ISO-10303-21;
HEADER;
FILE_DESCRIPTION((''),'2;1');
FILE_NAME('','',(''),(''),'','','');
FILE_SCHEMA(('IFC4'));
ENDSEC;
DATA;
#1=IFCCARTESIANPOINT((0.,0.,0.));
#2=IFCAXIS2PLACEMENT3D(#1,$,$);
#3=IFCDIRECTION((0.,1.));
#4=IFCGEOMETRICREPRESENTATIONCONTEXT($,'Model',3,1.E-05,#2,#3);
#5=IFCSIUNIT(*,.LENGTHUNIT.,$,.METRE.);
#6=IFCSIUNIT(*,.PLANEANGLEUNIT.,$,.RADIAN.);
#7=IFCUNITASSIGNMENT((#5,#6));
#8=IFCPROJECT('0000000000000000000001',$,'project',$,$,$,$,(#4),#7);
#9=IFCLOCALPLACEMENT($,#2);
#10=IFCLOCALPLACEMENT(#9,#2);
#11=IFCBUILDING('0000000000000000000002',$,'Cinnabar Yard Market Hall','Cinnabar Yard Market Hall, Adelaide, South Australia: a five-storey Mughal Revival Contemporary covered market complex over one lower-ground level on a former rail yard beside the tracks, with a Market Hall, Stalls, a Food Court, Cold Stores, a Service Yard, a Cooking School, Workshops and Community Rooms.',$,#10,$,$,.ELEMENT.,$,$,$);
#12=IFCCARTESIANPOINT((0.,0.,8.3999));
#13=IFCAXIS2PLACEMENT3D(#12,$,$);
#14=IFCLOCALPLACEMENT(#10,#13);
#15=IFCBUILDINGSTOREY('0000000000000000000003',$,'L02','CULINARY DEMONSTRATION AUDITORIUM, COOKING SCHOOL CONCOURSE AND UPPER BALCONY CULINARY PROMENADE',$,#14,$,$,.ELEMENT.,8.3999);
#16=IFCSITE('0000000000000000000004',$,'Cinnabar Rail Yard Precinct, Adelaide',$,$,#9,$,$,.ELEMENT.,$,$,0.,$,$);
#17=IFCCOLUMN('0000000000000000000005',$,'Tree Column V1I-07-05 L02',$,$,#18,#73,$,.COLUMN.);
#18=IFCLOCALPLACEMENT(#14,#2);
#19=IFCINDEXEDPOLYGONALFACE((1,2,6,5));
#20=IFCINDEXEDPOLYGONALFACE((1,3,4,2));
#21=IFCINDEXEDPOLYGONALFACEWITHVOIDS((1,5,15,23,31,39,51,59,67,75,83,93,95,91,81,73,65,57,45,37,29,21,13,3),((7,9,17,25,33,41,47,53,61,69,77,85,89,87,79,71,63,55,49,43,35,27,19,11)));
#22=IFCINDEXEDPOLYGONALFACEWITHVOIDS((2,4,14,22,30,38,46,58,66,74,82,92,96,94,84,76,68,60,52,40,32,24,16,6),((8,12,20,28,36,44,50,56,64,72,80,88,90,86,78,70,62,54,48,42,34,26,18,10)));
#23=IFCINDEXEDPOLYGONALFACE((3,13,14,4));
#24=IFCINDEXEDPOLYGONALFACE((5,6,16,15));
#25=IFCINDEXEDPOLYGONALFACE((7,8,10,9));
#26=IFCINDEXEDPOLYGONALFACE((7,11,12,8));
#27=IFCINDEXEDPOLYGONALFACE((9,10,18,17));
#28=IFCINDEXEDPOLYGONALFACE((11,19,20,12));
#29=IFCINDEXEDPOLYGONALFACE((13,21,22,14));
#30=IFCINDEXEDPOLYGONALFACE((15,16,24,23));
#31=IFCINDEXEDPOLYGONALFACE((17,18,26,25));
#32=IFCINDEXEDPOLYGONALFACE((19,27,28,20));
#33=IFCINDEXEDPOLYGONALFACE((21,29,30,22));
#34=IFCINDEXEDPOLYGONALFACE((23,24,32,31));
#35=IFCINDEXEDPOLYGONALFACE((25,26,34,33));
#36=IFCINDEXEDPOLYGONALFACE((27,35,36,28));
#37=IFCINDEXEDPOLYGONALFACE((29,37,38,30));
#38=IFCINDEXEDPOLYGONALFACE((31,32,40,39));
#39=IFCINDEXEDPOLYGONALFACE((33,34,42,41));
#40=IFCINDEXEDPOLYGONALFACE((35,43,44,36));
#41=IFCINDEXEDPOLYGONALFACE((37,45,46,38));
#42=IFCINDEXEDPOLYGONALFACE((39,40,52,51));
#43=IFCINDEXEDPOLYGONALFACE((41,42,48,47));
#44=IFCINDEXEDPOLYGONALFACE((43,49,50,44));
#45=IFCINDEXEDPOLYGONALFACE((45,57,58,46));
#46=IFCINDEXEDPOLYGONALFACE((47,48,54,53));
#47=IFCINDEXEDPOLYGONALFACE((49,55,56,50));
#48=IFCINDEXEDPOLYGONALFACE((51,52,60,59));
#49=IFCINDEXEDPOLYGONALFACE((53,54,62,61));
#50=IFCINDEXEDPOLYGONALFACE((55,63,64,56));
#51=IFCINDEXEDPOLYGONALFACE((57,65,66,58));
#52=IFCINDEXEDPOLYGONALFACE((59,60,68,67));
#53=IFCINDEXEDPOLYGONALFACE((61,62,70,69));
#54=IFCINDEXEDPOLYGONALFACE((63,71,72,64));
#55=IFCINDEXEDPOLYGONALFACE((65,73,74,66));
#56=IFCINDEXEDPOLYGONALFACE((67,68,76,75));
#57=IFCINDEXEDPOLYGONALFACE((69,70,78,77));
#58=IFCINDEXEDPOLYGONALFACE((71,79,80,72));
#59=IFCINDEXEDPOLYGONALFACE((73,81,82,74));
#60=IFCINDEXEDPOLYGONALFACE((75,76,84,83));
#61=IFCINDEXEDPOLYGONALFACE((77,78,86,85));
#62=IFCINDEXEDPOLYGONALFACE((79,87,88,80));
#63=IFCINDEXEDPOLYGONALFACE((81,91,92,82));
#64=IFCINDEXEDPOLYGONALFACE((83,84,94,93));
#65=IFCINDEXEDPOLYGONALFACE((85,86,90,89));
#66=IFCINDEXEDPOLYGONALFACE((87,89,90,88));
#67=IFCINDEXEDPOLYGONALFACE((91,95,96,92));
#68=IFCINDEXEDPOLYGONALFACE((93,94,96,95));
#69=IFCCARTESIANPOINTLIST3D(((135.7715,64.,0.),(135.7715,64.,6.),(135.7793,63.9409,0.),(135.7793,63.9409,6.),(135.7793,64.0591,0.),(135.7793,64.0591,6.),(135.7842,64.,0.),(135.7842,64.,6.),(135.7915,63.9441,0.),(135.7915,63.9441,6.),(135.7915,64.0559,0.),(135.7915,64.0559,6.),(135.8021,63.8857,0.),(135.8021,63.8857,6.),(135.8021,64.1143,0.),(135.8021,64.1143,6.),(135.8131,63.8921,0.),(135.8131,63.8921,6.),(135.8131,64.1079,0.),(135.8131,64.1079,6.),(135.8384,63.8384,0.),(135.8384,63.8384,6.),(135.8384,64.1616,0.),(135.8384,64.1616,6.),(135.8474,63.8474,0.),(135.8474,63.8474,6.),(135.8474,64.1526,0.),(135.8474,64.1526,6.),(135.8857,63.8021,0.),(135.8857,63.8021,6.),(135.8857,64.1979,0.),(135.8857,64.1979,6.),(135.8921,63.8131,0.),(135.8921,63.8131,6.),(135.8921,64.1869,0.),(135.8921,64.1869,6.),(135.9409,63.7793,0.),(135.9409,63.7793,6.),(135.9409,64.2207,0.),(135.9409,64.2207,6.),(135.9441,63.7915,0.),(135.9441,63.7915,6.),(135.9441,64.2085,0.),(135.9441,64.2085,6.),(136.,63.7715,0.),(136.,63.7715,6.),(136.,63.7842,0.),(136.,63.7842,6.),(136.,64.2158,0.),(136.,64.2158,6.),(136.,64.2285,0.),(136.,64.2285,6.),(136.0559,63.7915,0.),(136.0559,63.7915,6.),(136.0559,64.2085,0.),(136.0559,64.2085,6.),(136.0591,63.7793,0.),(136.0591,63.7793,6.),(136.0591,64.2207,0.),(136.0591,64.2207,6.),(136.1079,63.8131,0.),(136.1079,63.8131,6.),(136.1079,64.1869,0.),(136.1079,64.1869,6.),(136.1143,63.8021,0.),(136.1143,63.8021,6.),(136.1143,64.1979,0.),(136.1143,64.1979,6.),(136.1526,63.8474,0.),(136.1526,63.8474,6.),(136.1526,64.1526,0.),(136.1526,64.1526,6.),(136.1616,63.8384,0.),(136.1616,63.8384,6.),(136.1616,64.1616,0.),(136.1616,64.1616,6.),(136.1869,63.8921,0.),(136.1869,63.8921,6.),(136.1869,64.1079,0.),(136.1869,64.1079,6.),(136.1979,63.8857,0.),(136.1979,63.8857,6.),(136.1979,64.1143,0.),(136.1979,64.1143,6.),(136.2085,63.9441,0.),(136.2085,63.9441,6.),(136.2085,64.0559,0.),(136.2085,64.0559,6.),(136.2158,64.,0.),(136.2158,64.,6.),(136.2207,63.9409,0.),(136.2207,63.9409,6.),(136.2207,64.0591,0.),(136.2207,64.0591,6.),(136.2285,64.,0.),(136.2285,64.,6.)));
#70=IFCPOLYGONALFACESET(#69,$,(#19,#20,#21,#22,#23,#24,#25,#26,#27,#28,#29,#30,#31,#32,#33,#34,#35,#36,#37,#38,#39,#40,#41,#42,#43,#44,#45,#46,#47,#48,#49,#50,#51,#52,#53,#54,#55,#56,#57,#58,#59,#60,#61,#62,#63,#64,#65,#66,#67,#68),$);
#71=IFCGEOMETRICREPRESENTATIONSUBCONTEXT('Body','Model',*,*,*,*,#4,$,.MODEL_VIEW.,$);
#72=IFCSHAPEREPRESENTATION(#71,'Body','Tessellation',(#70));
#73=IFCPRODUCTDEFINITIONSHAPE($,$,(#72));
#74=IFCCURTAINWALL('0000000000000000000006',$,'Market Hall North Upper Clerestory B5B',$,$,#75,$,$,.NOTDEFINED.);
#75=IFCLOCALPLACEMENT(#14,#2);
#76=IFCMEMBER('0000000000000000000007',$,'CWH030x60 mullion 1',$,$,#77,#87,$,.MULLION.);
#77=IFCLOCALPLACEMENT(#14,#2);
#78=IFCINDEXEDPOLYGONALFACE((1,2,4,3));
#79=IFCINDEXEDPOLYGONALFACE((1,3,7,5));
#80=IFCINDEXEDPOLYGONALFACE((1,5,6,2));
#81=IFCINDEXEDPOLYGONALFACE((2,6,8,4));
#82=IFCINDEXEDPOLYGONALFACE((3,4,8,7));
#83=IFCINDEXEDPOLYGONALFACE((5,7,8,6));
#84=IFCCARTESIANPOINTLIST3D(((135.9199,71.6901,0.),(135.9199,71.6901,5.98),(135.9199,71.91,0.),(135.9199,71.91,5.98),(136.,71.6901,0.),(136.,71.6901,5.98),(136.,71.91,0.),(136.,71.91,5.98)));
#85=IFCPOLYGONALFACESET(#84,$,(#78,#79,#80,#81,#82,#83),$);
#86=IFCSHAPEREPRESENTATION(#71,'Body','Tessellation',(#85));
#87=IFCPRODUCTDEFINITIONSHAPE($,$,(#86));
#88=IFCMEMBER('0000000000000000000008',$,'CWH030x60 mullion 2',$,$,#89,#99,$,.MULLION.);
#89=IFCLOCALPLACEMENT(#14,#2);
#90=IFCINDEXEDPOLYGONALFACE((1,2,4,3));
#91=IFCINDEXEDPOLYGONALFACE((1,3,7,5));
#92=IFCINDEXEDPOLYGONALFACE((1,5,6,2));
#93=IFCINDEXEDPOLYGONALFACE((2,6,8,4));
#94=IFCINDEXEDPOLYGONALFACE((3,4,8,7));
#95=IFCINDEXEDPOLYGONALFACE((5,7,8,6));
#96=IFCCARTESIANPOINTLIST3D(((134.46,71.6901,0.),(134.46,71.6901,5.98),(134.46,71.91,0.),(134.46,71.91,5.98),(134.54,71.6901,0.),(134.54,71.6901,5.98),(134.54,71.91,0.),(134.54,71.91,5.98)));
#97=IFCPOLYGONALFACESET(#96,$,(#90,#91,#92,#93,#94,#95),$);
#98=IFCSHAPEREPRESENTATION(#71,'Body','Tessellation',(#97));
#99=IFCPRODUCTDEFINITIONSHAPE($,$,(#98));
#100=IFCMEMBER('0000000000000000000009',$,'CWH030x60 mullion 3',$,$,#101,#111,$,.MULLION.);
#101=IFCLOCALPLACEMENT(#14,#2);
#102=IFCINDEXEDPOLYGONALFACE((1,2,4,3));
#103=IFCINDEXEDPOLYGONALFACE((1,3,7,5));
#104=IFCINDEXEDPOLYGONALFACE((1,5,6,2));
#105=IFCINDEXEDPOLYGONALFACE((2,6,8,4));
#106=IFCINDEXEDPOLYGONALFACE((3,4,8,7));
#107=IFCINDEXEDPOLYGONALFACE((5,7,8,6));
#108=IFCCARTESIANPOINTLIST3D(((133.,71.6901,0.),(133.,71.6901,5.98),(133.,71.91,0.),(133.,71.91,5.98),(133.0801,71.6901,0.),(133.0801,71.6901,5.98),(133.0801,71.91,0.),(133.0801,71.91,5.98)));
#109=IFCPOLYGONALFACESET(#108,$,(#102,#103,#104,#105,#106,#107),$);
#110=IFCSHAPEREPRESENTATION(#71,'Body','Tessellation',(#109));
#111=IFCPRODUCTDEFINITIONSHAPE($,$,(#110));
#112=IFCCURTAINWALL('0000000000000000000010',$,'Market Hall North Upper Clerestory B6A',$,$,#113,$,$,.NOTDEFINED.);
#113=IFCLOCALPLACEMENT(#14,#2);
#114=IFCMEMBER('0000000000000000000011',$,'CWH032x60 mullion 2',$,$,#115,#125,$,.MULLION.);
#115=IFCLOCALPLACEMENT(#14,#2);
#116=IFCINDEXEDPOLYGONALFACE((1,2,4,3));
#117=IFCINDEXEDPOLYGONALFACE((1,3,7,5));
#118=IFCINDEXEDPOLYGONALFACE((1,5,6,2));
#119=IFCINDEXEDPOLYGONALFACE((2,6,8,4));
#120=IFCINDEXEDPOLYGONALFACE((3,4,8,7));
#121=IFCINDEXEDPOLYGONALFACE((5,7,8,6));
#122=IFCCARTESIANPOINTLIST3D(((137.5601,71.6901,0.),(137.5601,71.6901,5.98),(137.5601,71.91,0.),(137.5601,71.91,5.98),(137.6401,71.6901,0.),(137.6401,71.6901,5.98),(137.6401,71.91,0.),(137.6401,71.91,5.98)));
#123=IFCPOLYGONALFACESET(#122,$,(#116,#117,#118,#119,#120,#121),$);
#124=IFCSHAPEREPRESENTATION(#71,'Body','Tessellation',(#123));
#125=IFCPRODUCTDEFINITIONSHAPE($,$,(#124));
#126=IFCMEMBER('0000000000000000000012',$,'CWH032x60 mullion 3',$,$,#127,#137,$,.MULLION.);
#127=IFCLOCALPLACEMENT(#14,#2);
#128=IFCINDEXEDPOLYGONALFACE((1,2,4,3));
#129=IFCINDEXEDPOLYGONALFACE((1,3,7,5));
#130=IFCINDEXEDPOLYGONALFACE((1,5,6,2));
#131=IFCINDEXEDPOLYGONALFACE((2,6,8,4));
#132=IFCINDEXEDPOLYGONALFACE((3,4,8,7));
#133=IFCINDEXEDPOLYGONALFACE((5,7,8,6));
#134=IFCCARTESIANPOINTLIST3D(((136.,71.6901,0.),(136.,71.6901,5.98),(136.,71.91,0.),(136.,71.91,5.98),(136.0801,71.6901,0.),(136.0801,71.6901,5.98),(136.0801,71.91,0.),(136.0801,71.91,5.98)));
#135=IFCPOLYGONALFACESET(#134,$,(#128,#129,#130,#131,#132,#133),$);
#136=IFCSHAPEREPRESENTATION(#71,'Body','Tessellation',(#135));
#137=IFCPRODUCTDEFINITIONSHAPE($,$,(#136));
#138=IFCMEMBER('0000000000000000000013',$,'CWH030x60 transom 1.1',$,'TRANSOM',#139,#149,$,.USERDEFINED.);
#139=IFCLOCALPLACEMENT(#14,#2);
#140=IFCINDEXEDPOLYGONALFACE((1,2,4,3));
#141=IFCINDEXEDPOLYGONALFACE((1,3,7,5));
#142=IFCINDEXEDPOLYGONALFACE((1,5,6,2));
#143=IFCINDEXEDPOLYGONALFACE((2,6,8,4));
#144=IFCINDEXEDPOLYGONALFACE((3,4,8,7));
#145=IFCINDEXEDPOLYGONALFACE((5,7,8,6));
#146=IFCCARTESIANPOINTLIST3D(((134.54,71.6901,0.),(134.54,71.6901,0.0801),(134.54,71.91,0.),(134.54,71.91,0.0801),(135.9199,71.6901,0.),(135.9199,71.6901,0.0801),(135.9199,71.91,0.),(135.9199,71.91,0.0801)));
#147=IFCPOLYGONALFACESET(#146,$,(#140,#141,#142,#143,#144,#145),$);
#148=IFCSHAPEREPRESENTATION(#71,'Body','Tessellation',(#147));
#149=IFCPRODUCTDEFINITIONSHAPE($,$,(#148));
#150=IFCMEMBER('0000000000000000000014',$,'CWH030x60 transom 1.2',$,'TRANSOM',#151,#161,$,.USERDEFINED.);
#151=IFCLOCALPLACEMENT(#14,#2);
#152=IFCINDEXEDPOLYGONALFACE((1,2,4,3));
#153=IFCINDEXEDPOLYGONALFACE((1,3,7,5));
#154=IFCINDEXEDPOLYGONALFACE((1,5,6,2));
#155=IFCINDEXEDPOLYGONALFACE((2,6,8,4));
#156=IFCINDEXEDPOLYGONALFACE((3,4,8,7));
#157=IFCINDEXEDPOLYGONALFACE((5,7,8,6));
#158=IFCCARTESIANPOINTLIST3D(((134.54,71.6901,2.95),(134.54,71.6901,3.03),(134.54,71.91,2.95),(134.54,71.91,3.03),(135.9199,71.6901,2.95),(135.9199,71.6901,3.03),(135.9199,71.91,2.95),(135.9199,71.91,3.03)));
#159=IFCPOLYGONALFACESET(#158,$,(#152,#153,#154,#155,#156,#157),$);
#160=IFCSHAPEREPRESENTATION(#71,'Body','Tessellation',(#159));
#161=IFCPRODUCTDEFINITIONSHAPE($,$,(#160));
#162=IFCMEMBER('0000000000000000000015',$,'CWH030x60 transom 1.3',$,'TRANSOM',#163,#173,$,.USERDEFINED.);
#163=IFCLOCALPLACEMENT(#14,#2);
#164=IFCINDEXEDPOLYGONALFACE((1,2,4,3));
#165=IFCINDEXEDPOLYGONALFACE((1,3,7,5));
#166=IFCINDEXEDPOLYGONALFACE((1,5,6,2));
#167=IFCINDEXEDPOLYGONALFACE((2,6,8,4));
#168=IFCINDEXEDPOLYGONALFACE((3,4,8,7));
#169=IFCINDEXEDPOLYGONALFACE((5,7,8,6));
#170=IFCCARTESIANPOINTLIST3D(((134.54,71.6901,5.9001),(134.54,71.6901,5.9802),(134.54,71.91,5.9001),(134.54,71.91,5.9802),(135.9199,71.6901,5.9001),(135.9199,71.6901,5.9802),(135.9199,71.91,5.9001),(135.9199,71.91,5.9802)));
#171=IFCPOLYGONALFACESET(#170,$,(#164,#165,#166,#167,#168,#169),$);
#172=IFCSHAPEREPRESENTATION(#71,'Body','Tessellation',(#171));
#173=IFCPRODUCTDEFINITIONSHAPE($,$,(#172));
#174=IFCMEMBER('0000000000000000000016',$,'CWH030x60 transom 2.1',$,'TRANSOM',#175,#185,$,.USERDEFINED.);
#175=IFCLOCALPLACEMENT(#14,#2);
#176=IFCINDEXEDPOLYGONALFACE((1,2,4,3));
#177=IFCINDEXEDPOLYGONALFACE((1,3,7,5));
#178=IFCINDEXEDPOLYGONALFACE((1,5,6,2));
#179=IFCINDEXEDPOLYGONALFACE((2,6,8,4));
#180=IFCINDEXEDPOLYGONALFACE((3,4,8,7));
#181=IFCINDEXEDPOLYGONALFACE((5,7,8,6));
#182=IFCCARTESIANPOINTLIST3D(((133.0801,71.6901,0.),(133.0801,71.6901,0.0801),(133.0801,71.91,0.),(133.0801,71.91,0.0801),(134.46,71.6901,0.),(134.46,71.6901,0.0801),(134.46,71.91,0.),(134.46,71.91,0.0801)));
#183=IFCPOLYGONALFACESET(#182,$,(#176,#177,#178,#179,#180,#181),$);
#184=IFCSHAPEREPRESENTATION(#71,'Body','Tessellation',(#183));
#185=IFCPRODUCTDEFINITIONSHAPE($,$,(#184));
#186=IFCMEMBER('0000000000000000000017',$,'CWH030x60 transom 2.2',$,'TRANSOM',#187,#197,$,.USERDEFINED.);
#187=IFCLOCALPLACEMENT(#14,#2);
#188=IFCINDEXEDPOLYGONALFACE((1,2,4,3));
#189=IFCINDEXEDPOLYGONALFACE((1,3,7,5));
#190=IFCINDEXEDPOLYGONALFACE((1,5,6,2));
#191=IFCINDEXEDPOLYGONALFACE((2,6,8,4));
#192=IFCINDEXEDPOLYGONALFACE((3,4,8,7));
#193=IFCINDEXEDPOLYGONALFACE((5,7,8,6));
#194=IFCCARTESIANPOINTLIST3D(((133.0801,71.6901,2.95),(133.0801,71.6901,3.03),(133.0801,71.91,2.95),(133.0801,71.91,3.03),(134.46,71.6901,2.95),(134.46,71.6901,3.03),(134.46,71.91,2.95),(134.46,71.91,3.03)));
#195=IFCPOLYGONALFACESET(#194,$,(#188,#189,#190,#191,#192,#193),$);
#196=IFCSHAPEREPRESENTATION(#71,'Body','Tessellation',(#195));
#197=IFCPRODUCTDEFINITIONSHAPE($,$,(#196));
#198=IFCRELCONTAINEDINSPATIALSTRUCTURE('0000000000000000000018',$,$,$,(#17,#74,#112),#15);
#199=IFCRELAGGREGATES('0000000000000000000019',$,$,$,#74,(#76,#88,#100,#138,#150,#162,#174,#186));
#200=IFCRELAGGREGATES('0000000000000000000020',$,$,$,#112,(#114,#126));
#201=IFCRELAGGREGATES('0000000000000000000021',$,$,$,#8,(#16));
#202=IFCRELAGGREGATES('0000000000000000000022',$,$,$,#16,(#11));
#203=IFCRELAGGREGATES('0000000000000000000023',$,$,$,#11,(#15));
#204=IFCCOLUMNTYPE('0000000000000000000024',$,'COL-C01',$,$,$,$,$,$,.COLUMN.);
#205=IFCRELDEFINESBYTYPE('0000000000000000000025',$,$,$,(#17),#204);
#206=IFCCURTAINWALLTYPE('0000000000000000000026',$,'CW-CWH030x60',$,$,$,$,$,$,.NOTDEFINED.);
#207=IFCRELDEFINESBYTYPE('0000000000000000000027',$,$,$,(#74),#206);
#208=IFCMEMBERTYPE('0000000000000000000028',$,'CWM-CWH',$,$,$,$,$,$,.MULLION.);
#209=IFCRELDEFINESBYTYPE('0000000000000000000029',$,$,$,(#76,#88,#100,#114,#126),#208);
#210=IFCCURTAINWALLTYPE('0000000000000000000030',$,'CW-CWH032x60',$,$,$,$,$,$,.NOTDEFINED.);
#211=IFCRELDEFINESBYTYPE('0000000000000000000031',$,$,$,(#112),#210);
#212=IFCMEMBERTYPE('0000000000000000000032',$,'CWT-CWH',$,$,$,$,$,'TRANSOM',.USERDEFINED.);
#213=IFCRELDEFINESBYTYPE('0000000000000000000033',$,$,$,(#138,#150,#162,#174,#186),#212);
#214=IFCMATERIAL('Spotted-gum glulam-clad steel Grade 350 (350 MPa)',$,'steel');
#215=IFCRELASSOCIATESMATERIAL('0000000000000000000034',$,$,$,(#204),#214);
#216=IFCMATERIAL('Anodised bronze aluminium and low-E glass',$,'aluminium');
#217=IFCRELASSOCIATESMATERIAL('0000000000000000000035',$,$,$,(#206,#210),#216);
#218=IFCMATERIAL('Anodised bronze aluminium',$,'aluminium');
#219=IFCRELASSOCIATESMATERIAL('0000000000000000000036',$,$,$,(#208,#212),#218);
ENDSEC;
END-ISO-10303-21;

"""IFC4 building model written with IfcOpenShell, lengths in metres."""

from ifc_helpers import new_model, si_unit, direction, frame, origin, origin_2d_with_axis, place, context, subcontext, project, spatial, rectangle, hollow_circle, extrude, material, material_profile, profile_set, type_object, element, aggregate, save


model = new_model("IFC4")

# Units and contexts
model_context = context("Model", 3, precision=1e-05, world=origin(), true_north=direction((0.0, 1.0)))
body_context = subcontext(model_context, "Body", "Model", "MODEL_VIEW")
ifc_project = project(units=[si_unit("LENGTHUNIT", "METRE"), si_unit("PLANEANGLEUNIT", "RADIAN")], contexts=[model_context])

# Site, building, storey
site_placement = place(None, origin())
site = spatial("IfcSite", under=ifc_project, at=site_placement, Name="Cinnabar Rail Yard Precinct, Adelaide", CompositionType="ELEMENT", RefElevation=0.0)
building_placement = place(site_placement, origin())
building = spatial("IfcBuilding", under=site, at=building_placement, Name="Cinnabar Yard Market Hall", Description="Cinnabar Yard Market Hall, Adelaide, South Australia: a five-storey Mughal Revival Contemporary covered market complex over one lower-ground level on a former rail yard beside the tracks, with a Market Hall, Stalls, a Food Court, Cold Stores, a Service Yard, a Cooking School, Workshops and Community Rooms.", CompositionType="ELEMENT")
storey_placement = place(building_placement, frame((0.0, 0.0, 8.3999)))
storey = spatial("IfcBuildingStorey", under=building, at=storey_placement, Name="L02", Description="CULINARY DEMONSTRATION AUDITORIUM, COOKING SCHOOL CONCOURSE AND UPPER BALCONY CULINARY PROMENADE", CompositionType="ELEMENT", Elevation=8.3999)

# Column
ifc_material_1 = material(Name="Spotted-gum glulam-clad steel Grade 350 (350 MPa)", Category="steel")
ifc_material_profile_1 = material_profile(ifc_material_1, hollow_circle(Radius=0.2285, WallThickness=0.0127, at=origin_2d_with_axis()), Name="457.0x12.7CHS")
ifc_profile_set_1 = profile_set([ifc_material_profile_1], Name="Spotted-gum glulam-clad steel Grade 350 (350 MPa)")
column_type = type_object("IfcColumnType", Name="COL-C01", PredefinedType="COLUMN", material=ifc_profile_set_1)
column_placement = place(storey_placement, frame((136.0, 64.0, 0.0), z_axis=(0.0, 0.0, 1.0), x_axis=(1.0, 0.0, 0.0)))
element("IfcColumn", 1, at=column_placement, inside=storey, type_object=column_type, Name="Tree Column V1I-07-05 L02", PredefinedType="COLUMN", context=body_context, shape_type="SweptSolid", body=[
    extrude(hollow_circle(Radius=0.2285, WallThickness=0.0127, at=origin_2d_with_axis()), origin(), (0.0, 0.0, 1.0), 6.0),
])

# Curtain walls, members
ifc_material_2 = material(Name="Anodised bronze aluminium and low-E glass", Category="aluminium")
curtain_wall_type_1 = type_object("IfcCurtainWallType", Name="CW-CWH030x60", PredefinedType="NOTDEFINED", material=ifc_material_2)
curtain_wall_1_placement = place(storey_placement, origin())
curtain_wall_1 = element("IfcCurtainWall", 2, at=curtain_wall_1_placement, inside=storey, type_object=curtain_wall_type_1, Name="Market Hall North Upper Clerestory B5B", PredefinedType="NOTDEFINED")
ifc_material_3 = material(Name="Anodised bronze aluminium", Category="aluminium")
ifc_material_profile_2 = material_profile(ifc_material_3, rectangle(XDim=0.22, YDim=0.0801, at=origin_2d_with_axis()), Name="MUL-CWH")
ifc_profile_set_2 = profile_set([ifc_material_profile_2], Name="Anodised bronze aluminium")
member_type_1 = type_object("IfcMemberType", Name="CWM-CWH", PredefinedType="MULLION", material=ifc_profile_set_2)
member_1_placement = place(storey_placement, frame((135.96, 71.8, 0.0), z_axis=(0.0, 0.0, 1.0), x_axis=(0.0, -1.0, 0.0)))
member_1 = element("IfcMember", 3, at=member_1_placement, type_object=member_type_1, Name="CWH030x60 mullion 1", PredefinedType="MULLION", context=body_context, shape_type="SweptSolid", body=[
    extrude(rectangle(XDim=0.22, YDim=0.0801, at=origin_2d_with_axis()), origin(), (0.0, 0.0, 1.0), 5.98),
])
member_2_placement = place(storey_placement, frame((134.5, 71.8, 0.0), z_axis=(0.0, 0.0, 1.0), x_axis=(0.0, -1.0, 0.0)))
member_2 = element("IfcMember", 4, at=member_2_placement, type_object=member_type_1, Name="CWH030x60 mullion 2", PredefinedType="MULLION", context=body_context, shape_type="SweptSolid", body=[
    extrude(rectangle(XDim=0.22, YDim=0.0801, at=origin_2d_with_axis()), origin(), (0.0, 0.0, 1.0), 5.98),
])
member_3_placement = place(storey_placement, frame((133.04, 71.8, 0.0), z_axis=(0.0, 0.0, 1.0), x_axis=(0.0, -1.0, 0.0)))
member_3 = element("IfcMember", 5, at=member_3_placement, type_object=member_type_1, Name="CWH030x60 mullion 3", PredefinedType="MULLION", context=body_context, shape_type="SweptSolid", body=[
    extrude(rectangle(XDim=0.22, YDim=0.0801, at=origin_2d_with_axis()), origin(), (0.0, 0.0, 1.0), 5.98),
])
curtain_wall_type_2 = type_object("IfcCurtainWallType", Name="CW-CWH032x60", PredefinedType="NOTDEFINED", material=ifc_material_2)
curtain_wall_2_placement = place(storey_placement, origin())
curtain_wall_2 = element("IfcCurtainWall", 6, at=curtain_wall_2_placement, inside=storey, type_object=curtain_wall_type_2, Name="Market Hall North Upper Clerestory B6A", PredefinedType="NOTDEFINED")
member_4_placement = place(storey_placement, frame((137.6001, 71.8, 0.0), z_axis=(0.0, 0.0, 1.0), x_axis=(0.0, -1.0, 0.0)))
member_4 = element("IfcMember", 7, at=member_4_placement, type_object=member_type_1, Name="CWH032x60 mullion 2", PredefinedType="MULLION", context=body_context, shape_type="SweptSolid", body=[
    extrude(rectangle(XDim=0.22, YDim=0.0801, at=origin_2d_with_axis()), origin(), (0.0, 0.0, 1.0), 5.98),
])
member_5_placement = place(storey_placement, frame((136.04, 71.8, 0.0), z_axis=(0.0, 0.0, 1.0), x_axis=(0.0, -1.0, 0.0)))
member_5 = element("IfcMember", 8, at=member_5_placement, type_object=member_type_1, Name="CWH032x60 mullion 3", PredefinedType="MULLION", context=body_context, shape_type="SweptSolid", body=[
    extrude(rectangle(XDim=0.22, YDim=0.0801, at=origin_2d_with_axis()), origin(), (0.0, 0.0, 1.0), 5.98),
])

# Members
ifc_material_profile_3 = material_profile(ifc_material_3, rectangle(XDim=0.22, YDim=0.0801, at=origin_2d_with_axis()), Name="TRN-CWH")
ifc_profile_set_3 = profile_set([ifc_material_profile_3], Name="Anodised bronze aluminium")
member_type_2 = type_object("IfcMemberType", Name="CWT-CWH", ElementType="TRANSOM", PredefinedType="USERDEFINED", material=ifc_profile_set_3)
member_6_placement = place(storey_placement, frame((135.9199, 71.8, 0.04), z_axis=(-1.0, 0.0, 0.0), x_axis=(0.0, -1.0, 0.0)))
member_6 = element("IfcMember", 9, at=member_6_placement, type_object=member_type_2, Name="CWH030x60 transom 1.1", ObjectType="TRANSOM", PredefinedType="USERDEFINED", context=body_context, shape_type="SweptSolid", body=[
    extrude(rectangle(XDim=0.22, YDim=0.0801, at=origin_2d_with_axis()), origin(), (0.0, 0.0, 1.0), 1.3799),
])
member_7_placement = place(storey_placement, frame((135.9199, 71.8, 2.99), z_axis=(-1.0, 0.0, 0.0), x_axis=(0.0, -1.0, 0.0)))
member_7 = element("IfcMember", 10, at=member_7_placement, type_object=member_type_2, Name="CWH030x60 transom 1.2", ObjectType="TRANSOM", PredefinedType="USERDEFINED", context=body_context, shape_type="SweptSolid", body=[
    extrude(rectangle(XDim=0.22, YDim=0.0801, at=origin_2d_with_axis()), origin(), (0.0, 0.0, 1.0), 1.3799),
])
member_8_placement = place(storey_placement, frame((135.9199, 71.8, 5.9402), z_axis=(-1.0, 0.0, 0.0), x_axis=(0.0, -1.0, 0.0)))
member_8 = element("IfcMember", 11, at=member_8_placement, type_object=member_type_2, Name="CWH030x60 transom 1.3", ObjectType="TRANSOM", PredefinedType="USERDEFINED", context=body_context, shape_type="SweptSolid", body=[
    extrude(rectangle(XDim=0.22, YDim=0.0801, at=origin_2d_with_axis()), origin(), (0.0, 0.0, 1.0), 1.3799),
])
member_9_placement = place(storey_placement, frame((134.46, 71.8, 0.04), z_axis=(-1.0, 0.0, 0.0), x_axis=(0.0, -1.0, 0.0)))
member_9 = element("IfcMember", 12, at=member_9_placement, type_object=member_type_2, Name="CWH030x60 transom 2.1", ObjectType="TRANSOM", PredefinedType="USERDEFINED", context=body_context, shape_type="SweptSolid", body=[
    extrude(rectangle(XDim=0.22, YDim=0.0801, at=origin_2d_with_axis()), origin(), (0.0, 0.0, 1.0), 1.3799),
])
member_10_placement = place(storey_placement, frame((134.46, 71.8, 2.99), z_axis=(-1.0, 0.0, 0.0), x_axis=(0.0, -1.0, 0.0)))
member_10 = element("IfcMember", 13, at=member_10_placement, type_object=member_type_2, Name="CWH030x60 transom 2.2", ObjectType="TRANSOM", PredefinedType="USERDEFINED", context=body_context, shape_type="SweptSolid", body=[
    extrude(rectangle(XDim=0.22, YDim=0.0801, at=origin_2d_with_axis()), origin(), (0.0, 0.0, 1.0), 1.3799),
])

aggregate(curtain_wall_1, [member_1, member_2, member_3, member_6, member_7, member_8, member_9, member_10])
aggregate(curtain_wall_2, [member_4, member_5])

save(model, "model.ifc")
